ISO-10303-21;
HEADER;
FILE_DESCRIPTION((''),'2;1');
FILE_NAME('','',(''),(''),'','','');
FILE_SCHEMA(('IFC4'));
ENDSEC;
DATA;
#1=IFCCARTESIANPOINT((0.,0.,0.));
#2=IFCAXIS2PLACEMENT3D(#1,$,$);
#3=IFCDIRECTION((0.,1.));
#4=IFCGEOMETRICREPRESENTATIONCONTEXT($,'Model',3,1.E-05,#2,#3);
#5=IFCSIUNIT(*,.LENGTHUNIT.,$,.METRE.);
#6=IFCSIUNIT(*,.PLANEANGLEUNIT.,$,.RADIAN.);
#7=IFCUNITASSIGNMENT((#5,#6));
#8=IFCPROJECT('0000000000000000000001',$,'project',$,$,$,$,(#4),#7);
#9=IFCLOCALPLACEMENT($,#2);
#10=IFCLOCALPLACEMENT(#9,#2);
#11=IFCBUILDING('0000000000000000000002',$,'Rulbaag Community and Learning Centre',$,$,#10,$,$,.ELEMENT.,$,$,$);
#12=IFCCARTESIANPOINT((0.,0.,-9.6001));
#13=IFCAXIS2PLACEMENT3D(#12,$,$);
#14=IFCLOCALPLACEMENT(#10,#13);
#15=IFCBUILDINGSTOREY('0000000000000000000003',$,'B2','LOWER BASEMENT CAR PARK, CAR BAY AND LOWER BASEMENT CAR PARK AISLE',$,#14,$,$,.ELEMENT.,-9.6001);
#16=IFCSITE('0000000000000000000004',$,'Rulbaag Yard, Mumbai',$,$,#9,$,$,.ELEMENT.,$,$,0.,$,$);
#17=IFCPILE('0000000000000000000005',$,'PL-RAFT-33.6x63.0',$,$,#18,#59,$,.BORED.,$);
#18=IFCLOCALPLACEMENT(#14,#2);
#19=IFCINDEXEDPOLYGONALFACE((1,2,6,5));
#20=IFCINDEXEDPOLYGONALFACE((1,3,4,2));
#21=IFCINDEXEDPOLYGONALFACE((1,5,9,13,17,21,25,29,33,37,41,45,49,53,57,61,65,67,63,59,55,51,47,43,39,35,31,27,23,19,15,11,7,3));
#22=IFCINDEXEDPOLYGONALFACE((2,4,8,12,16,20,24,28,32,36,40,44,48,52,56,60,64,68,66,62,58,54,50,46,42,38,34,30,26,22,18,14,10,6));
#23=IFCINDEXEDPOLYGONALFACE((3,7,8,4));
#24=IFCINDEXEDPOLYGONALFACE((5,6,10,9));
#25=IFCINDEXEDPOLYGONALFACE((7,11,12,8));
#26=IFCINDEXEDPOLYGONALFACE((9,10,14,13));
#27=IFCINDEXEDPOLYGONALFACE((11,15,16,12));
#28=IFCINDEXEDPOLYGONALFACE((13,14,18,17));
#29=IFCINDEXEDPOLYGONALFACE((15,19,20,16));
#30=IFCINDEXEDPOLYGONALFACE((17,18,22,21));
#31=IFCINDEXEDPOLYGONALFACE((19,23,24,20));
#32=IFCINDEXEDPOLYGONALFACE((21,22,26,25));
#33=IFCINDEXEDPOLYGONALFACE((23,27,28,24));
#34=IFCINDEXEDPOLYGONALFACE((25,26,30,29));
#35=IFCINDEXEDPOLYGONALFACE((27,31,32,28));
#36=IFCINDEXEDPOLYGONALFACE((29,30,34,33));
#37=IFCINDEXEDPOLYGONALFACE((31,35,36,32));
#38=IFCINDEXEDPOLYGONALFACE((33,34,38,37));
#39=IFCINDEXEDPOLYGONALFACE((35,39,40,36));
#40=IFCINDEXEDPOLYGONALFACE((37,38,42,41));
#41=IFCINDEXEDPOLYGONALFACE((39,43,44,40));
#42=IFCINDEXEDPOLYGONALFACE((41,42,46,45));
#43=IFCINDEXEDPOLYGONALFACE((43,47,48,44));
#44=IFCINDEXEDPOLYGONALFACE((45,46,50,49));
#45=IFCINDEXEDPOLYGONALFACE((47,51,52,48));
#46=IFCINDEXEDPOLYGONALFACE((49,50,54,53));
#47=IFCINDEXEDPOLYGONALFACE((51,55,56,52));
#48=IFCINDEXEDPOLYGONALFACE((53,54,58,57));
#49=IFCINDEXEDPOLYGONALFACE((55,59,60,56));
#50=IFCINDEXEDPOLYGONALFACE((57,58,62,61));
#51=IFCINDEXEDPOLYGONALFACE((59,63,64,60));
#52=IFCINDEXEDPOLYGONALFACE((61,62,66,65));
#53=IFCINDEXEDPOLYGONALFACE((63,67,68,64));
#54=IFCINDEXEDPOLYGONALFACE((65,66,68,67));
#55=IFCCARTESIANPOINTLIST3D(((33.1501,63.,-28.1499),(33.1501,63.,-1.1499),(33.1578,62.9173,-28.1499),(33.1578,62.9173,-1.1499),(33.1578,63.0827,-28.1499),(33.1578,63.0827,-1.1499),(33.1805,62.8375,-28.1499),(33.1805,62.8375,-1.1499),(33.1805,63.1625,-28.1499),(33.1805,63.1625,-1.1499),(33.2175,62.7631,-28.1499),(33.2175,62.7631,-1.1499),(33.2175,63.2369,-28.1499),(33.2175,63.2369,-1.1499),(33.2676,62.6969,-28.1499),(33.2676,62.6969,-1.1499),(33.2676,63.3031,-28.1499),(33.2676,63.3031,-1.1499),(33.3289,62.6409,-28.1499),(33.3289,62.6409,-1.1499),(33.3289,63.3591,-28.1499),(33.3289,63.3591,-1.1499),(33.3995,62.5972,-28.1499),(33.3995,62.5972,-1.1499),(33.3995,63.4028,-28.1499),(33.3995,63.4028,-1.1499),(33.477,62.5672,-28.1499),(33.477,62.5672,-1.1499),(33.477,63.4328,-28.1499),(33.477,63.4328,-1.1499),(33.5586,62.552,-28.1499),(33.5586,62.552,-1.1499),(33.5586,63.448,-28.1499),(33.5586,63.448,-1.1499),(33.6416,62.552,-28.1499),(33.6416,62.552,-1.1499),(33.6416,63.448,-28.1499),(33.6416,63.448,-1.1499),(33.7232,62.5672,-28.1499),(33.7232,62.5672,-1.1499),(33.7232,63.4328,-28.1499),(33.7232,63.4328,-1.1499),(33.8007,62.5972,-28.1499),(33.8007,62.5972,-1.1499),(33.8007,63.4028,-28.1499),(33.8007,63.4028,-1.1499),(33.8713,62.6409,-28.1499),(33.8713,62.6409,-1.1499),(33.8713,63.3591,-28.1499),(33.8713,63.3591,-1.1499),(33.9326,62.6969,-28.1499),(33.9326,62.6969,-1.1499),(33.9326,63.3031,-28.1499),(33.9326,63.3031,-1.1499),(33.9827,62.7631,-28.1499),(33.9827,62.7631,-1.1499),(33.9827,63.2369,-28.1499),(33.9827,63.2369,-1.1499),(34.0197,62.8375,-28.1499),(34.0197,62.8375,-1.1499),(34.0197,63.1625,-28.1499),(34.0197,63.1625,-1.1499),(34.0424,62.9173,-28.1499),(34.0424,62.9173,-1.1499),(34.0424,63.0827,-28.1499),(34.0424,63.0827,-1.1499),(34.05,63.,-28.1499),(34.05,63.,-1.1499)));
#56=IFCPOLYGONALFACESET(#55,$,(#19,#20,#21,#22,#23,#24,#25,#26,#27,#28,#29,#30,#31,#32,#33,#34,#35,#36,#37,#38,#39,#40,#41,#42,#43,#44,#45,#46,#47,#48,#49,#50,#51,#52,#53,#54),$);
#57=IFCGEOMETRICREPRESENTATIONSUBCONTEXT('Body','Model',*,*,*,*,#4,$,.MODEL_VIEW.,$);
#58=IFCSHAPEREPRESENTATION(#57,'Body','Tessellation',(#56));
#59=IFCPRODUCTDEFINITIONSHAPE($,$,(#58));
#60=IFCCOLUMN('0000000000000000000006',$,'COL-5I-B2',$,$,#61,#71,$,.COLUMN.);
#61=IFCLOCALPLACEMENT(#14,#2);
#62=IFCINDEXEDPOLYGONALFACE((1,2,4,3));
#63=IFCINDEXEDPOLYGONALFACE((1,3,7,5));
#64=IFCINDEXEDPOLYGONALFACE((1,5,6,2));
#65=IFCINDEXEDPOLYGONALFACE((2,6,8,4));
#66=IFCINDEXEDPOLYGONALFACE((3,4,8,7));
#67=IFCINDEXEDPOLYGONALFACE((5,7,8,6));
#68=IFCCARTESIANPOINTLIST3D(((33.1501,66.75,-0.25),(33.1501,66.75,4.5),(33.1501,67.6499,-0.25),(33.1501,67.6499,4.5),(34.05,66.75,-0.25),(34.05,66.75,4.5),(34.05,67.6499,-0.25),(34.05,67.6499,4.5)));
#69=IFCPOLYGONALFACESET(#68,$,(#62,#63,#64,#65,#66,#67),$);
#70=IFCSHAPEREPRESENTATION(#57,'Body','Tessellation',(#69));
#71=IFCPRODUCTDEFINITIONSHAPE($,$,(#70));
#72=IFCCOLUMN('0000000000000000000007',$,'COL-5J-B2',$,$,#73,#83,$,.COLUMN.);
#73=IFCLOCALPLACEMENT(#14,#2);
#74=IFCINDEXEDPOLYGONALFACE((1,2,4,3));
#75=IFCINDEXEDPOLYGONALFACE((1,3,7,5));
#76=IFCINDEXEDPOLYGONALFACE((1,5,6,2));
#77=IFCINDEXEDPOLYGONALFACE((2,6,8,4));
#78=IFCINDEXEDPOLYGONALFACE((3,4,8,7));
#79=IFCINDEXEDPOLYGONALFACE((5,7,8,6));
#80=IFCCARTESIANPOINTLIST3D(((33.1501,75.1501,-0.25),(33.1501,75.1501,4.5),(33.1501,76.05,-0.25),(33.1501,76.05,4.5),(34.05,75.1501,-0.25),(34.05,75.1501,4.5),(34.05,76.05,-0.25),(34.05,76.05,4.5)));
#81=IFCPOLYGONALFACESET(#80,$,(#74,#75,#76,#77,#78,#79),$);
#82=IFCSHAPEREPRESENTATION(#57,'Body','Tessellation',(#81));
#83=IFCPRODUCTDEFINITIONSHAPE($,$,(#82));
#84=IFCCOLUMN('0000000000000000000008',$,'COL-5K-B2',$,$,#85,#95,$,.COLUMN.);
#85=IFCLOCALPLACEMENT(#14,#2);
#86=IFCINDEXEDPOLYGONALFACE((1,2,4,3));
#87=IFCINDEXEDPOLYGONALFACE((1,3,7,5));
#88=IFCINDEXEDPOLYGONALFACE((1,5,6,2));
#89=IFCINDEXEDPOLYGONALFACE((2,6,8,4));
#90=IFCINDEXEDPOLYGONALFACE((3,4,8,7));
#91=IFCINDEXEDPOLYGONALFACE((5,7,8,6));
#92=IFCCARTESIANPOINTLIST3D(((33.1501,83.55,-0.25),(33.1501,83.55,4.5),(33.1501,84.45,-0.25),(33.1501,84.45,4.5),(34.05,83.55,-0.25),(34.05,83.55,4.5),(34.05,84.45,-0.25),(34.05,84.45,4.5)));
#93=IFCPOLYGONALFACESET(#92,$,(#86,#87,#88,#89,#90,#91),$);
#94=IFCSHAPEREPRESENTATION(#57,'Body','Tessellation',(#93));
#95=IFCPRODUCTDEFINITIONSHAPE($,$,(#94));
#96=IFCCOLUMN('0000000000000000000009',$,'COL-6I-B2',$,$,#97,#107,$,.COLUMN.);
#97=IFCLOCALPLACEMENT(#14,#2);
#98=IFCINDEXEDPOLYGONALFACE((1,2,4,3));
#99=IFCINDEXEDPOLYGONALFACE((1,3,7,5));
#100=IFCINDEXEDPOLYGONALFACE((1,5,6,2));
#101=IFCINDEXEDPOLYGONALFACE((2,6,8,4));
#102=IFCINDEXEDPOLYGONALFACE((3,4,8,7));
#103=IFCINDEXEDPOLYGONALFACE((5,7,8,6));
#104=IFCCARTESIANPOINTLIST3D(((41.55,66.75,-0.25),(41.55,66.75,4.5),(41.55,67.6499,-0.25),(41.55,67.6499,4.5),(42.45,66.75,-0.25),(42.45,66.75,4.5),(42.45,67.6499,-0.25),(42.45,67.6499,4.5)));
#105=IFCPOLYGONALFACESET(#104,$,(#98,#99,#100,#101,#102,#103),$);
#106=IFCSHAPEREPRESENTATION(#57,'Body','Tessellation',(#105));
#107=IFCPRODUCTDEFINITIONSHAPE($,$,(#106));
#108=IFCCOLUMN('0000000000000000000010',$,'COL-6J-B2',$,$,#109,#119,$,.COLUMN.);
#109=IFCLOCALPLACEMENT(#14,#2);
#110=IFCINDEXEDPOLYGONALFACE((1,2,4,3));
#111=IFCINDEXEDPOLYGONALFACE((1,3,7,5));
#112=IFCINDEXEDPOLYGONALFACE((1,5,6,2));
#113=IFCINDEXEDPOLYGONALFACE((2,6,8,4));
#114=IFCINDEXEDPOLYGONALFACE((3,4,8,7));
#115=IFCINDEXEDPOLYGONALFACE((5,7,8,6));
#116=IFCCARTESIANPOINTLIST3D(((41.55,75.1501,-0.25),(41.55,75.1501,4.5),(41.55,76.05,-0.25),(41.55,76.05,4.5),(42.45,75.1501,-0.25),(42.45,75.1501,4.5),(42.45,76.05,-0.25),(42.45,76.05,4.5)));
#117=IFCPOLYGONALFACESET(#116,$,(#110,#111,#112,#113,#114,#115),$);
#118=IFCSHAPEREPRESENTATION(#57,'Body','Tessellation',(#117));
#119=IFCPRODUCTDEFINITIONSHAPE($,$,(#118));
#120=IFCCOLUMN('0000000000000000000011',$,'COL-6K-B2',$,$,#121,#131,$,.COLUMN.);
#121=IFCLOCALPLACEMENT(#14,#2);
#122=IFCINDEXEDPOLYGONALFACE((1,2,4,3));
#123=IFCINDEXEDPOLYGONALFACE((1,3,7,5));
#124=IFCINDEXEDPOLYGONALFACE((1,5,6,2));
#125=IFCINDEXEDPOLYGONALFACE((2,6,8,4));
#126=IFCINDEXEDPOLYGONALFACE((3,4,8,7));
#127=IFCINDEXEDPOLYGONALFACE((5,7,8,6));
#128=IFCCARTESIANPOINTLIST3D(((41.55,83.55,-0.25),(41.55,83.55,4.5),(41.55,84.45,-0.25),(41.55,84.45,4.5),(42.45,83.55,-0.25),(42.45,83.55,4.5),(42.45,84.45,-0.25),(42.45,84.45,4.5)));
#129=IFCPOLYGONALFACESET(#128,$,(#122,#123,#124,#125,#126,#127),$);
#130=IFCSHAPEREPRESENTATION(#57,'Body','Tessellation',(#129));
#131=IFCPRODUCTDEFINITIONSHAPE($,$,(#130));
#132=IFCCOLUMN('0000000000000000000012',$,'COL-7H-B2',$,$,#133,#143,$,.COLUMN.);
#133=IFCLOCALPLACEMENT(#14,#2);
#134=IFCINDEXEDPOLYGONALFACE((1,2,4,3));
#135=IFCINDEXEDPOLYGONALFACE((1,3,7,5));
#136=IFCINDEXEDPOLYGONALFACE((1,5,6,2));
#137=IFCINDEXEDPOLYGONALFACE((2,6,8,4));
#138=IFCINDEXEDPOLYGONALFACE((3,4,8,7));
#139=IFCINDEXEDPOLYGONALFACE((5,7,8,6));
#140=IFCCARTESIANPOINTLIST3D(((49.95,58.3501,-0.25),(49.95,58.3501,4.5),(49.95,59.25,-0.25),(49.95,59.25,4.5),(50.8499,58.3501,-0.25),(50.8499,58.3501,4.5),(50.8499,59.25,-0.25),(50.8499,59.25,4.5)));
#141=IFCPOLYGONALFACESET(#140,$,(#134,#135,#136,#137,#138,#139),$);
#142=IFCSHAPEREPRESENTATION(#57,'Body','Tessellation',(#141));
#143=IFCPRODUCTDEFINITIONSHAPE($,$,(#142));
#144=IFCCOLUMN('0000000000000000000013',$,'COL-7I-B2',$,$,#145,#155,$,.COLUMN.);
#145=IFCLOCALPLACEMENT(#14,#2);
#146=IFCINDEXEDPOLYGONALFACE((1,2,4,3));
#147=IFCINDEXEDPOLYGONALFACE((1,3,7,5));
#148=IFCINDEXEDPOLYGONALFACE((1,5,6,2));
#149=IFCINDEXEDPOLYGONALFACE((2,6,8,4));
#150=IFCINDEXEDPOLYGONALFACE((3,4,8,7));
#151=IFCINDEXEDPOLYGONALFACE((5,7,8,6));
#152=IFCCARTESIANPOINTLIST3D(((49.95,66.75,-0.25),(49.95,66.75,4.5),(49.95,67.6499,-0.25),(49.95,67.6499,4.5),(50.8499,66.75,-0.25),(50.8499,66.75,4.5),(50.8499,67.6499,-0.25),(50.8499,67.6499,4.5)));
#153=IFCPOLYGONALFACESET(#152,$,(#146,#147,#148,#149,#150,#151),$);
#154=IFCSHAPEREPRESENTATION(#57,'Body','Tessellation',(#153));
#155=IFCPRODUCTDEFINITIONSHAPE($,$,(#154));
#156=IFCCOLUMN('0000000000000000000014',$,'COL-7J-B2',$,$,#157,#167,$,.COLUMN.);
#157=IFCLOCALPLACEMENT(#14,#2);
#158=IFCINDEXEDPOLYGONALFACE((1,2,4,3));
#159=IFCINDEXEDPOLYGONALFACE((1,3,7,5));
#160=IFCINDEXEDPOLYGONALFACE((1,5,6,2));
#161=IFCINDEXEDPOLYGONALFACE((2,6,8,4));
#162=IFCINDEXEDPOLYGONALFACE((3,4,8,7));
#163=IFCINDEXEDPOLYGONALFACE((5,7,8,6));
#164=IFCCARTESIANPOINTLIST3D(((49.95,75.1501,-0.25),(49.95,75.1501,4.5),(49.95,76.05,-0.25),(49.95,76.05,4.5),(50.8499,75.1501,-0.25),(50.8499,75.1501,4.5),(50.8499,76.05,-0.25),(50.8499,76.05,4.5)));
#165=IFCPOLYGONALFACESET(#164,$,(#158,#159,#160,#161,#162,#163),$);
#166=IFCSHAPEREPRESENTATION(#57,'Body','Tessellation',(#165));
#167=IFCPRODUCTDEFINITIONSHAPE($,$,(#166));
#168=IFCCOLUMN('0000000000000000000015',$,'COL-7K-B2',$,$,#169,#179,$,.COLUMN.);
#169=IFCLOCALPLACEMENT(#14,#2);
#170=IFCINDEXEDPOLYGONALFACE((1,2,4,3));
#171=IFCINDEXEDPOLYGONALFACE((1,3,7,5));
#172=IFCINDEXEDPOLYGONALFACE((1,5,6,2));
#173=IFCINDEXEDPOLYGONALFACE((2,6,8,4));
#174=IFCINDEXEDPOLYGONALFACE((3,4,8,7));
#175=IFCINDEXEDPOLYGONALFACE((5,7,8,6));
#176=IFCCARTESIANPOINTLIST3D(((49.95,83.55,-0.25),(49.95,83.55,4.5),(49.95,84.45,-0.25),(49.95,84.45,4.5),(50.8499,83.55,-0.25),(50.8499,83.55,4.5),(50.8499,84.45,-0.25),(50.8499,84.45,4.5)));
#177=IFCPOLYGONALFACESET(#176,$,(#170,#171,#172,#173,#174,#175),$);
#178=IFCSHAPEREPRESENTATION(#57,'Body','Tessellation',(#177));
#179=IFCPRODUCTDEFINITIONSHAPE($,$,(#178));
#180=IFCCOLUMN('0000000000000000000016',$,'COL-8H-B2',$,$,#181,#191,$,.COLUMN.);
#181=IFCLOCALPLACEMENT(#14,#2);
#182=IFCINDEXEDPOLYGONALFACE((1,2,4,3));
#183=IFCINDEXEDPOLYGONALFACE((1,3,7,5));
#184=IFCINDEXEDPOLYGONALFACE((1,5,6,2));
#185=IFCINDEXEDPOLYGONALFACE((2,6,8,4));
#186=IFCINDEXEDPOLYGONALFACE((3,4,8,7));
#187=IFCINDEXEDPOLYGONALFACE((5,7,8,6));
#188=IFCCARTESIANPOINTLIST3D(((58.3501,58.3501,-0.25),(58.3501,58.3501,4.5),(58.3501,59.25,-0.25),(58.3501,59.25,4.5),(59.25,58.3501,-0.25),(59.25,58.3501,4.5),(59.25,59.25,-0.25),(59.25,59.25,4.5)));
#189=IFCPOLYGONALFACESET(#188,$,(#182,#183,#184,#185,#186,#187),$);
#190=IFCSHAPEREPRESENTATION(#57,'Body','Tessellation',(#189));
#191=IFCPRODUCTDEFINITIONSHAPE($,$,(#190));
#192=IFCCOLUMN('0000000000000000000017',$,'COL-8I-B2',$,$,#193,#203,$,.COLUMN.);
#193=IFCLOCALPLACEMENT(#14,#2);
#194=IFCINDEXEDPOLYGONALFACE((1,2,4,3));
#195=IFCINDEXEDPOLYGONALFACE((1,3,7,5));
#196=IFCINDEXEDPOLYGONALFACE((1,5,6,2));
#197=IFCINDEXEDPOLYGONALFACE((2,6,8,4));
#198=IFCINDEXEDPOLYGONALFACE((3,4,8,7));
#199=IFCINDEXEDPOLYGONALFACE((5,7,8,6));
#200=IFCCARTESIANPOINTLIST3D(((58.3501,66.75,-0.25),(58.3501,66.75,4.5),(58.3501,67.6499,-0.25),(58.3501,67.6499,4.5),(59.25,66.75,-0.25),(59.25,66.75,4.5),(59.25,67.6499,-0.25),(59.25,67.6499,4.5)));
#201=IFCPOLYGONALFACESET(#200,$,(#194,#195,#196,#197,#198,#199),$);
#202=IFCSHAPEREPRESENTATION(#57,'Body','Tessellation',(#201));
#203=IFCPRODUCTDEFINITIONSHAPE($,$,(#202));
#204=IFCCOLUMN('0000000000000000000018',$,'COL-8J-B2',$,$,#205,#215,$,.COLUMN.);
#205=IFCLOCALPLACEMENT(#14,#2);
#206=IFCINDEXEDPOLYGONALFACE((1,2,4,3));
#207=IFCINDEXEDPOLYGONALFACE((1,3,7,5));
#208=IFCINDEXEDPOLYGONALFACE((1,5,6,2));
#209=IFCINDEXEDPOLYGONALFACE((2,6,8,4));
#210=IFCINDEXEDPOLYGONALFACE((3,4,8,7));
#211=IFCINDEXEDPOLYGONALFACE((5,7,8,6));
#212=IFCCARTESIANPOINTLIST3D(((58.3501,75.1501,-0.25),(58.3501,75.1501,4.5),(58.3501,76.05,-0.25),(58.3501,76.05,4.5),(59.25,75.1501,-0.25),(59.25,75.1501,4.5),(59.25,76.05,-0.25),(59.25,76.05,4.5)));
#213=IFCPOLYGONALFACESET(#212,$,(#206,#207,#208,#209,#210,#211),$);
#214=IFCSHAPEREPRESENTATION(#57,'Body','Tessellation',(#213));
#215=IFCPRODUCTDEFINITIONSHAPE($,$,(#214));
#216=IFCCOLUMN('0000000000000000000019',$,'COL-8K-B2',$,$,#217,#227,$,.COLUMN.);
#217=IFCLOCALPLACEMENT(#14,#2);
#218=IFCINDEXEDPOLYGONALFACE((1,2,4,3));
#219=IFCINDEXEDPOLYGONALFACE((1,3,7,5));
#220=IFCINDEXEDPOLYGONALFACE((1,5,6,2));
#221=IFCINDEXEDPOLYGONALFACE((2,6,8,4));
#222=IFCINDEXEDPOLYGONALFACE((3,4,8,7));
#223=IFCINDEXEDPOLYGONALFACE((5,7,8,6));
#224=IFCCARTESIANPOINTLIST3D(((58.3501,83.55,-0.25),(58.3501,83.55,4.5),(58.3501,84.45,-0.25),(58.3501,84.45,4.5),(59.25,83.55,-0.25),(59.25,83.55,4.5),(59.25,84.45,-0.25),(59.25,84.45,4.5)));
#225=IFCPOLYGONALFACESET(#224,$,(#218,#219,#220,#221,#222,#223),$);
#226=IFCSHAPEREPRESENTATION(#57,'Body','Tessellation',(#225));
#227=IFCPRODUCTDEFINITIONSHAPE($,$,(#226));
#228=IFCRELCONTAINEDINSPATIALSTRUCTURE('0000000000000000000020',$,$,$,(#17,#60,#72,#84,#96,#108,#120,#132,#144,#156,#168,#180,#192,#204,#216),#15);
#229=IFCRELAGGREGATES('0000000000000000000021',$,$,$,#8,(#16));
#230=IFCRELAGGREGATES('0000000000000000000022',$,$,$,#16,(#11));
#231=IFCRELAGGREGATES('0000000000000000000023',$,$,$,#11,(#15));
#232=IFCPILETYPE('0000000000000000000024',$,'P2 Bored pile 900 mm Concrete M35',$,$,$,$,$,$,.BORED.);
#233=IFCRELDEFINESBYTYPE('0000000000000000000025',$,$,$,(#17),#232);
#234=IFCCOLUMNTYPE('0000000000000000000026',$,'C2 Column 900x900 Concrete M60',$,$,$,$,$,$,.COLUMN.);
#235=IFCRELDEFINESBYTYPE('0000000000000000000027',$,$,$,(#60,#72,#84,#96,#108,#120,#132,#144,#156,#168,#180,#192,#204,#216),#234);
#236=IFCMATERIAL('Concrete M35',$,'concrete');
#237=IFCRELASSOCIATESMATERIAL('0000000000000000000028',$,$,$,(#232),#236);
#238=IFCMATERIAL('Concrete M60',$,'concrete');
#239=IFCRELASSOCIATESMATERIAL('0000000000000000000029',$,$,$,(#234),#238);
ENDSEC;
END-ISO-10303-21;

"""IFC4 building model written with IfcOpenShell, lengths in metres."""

from ifc_helpers import new_model, si_unit, direction, frame, origin, origin_2d, place, context, subcontext, project, spatial, rectangle, circle, extrude, material, material_profile, profile_set, type_object, element, save


model = new_model("IFC4")

# Units and contexts
model_context = context("Model", 3, precision=1e-05, world=origin(), true_north=direction((0.0, 1.0)))
body_context = subcontext(model_context, "Body", "Model", "MODEL_VIEW")
ifc_project = project(units=[si_unit("LENGTHUNIT", "METRE"), si_unit("PLANEANGLEUNIT", "RADIAN")], contexts=[model_context])

# Site, building, storey
site_placement = place(None, origin())
site = spatial("IfcSite", under=ifc_project, at=site_placement, Name="Rulbaag Yard, Mumbai", CompositionType="ELEMENT", RefElevation=0.0)
building_placement = place(site_placement, origin())
building = spatial("IfcBuilding", under=site, at=building_placement, Name="Rulbaag Community and Learning Centre", CompositionType="ELEMENT")
storey_placement = place(building_placement, frame((0.0, 0.0, -9.6001)))
storey = spatial("IfcBuildingStorey", under=building, at=storey_placement, Name="B2", Description="LOWER BASEMENT CAR PARK, CAR BAY AND LOWER BASEMENT CAR PARK AISLE", CompositionType="ELEMENT", Elevation=-9.6001)

# Pile
ifc_material_1 = material(Name="Concrete M35", Category="concrete")
ifc_material_profile_1 = material_profile(ifc_material_1, circle(Radius=0.45, at=origin_2d()), Name="BP900")
ifc_profile_set_1 = profile_set([ifc_material_profile_1], Name="Concrete M35")
pile_type_1 = type_object("IfcPileType", Name="P2 Bored pile 900 mm Concrete M35", PredefinedType="BORED", material=ifc_profile_set_1)
for number, where, z_axis, x_axis, name in (
    (1, (33.6001, 63.0, -1.1499), (0.0, 0.0, -1.0), (1.0, 0.0, 0.0), "PL-RAFT-33.6x63.0"),
):
    element("IfcPile", number, at=place(storey_placement, frame(where, z_axis=z_axis, x_axis=x_axis)), inside=storey, type_object=pile_type_1, Name=name, PredefinedType="BORED", context=body_context, shape_type="SweptSolid", body=[
        extrude(circle(Radius=0.45, at=origin_2d()), origin(), (0.0, 0.0, 1.0), 27.0),
    ])

# Columns
ifc_material_2 = material(Name="Concrete M60", Category="concrete")
ifc_material_profile_2 = material_profile(ifc_material_2, rectangle(XDim=0.8999, YDim=0.8999, at=origin_2d()), Name="RC900x900")
ifc_profile_set_2 = profile_set([ifc_material_profile_2], Name="Concrete M60")
column_type = type_object("IfcColumnType", Name="C2 Column 900x900 Concrete M60", PredefinedType="COLUMN", material=ifc_profile_set_2)
for number, where, z_axis, x_axis, name in (
    (2, (33.6001, 67.2, -0.25), (0.0, 0.0, 1.0), (1.0, 0.0, 0.0), "COL-5I-B2"),
    (3, (33.6001, 75.6001, -0.25), (0.0, 0.0, 1.0), (1.0, 0.0, 0.0), "COL-5J-B2"),
    (4, (33.6001, 84.0, -0.25), (0.0, 0.0, 1.0), (1.0, 0.0, 0.0), "COL-5K-B2"),
    (5, (42.0, 67.2, -0.25), (0.0, 0.0, 1.0), (1.0, 0.0, 0.0), "COL-6I-B2"),
    (6, (42.0, 75.6001, -0.25), (0.0, 0.0, 1.0), (1.0, 0.0, 0.0), "COL-6J-B2"),
    (7, (42.0, 84.0, -0.25), (0.0, 0.0, 1.0), (1.0, 0.0, 0.0), "COL-6K-B2"),
    (8, (50.3999, 58.8, -0.25), (0.0, 0.0, 1.0), (1.0, 0.0, 0.0), "COL-7H-B2"),
    (9, (50.3999, 67.2, -0.25), (0.0, 0.0, 1.0), (1.0, 0.0, 0.0), "COL-7I-B2"),
    (10, (50.3999, 75.6001, -0.25), (0.0, 0.0, 1.0), (1.0, 0.0, 0.0), "COL-7J-B2"),
    (11, (50.3999, 84.0, -0.25), (0.0, 0.0, 1.0), (1.0, 0.0, 0.0), "COL-7K-B2"),
    (12, (58.8, 58.8, -0.25), (0.0, 0.0, 1.0), (1.0, 0.0, 0.0), "COL-8H-B2"),
    (13, (58.8, 67.2, -0.25), (0.0, 0.0, 1.0), (1.0, 0.0, 0.0), "COL-8I-B2"),
    (14, (58.8, 75.6001, -0.25), (0.0, 0.0, 1.0), (1.0, 0.0, 0.0), "COL-8J-B2"),
    (15, (58.8, 84.0, -0.25), (0.0, 0.0, 1.0), (1.0, 0.0, 0.0), "COL-8K-B2"),
):
    element("IfcColumn", number, at=place(storey_placement, frame(where, z_axis=z_axis, x_axis=x_axis)), inside=storey, type_object=column_type, Name=name, PredefinedType="COLUMN", context=body_context, shape_type="SweptSolid", body=[
        extrude(rectangle(XDim=0.8999, YDim=0.8999, at=origin_2d()), origin(), (0.0, 0.0, 1.0), 4.75),
    ])

save(model, "model.ifc")
